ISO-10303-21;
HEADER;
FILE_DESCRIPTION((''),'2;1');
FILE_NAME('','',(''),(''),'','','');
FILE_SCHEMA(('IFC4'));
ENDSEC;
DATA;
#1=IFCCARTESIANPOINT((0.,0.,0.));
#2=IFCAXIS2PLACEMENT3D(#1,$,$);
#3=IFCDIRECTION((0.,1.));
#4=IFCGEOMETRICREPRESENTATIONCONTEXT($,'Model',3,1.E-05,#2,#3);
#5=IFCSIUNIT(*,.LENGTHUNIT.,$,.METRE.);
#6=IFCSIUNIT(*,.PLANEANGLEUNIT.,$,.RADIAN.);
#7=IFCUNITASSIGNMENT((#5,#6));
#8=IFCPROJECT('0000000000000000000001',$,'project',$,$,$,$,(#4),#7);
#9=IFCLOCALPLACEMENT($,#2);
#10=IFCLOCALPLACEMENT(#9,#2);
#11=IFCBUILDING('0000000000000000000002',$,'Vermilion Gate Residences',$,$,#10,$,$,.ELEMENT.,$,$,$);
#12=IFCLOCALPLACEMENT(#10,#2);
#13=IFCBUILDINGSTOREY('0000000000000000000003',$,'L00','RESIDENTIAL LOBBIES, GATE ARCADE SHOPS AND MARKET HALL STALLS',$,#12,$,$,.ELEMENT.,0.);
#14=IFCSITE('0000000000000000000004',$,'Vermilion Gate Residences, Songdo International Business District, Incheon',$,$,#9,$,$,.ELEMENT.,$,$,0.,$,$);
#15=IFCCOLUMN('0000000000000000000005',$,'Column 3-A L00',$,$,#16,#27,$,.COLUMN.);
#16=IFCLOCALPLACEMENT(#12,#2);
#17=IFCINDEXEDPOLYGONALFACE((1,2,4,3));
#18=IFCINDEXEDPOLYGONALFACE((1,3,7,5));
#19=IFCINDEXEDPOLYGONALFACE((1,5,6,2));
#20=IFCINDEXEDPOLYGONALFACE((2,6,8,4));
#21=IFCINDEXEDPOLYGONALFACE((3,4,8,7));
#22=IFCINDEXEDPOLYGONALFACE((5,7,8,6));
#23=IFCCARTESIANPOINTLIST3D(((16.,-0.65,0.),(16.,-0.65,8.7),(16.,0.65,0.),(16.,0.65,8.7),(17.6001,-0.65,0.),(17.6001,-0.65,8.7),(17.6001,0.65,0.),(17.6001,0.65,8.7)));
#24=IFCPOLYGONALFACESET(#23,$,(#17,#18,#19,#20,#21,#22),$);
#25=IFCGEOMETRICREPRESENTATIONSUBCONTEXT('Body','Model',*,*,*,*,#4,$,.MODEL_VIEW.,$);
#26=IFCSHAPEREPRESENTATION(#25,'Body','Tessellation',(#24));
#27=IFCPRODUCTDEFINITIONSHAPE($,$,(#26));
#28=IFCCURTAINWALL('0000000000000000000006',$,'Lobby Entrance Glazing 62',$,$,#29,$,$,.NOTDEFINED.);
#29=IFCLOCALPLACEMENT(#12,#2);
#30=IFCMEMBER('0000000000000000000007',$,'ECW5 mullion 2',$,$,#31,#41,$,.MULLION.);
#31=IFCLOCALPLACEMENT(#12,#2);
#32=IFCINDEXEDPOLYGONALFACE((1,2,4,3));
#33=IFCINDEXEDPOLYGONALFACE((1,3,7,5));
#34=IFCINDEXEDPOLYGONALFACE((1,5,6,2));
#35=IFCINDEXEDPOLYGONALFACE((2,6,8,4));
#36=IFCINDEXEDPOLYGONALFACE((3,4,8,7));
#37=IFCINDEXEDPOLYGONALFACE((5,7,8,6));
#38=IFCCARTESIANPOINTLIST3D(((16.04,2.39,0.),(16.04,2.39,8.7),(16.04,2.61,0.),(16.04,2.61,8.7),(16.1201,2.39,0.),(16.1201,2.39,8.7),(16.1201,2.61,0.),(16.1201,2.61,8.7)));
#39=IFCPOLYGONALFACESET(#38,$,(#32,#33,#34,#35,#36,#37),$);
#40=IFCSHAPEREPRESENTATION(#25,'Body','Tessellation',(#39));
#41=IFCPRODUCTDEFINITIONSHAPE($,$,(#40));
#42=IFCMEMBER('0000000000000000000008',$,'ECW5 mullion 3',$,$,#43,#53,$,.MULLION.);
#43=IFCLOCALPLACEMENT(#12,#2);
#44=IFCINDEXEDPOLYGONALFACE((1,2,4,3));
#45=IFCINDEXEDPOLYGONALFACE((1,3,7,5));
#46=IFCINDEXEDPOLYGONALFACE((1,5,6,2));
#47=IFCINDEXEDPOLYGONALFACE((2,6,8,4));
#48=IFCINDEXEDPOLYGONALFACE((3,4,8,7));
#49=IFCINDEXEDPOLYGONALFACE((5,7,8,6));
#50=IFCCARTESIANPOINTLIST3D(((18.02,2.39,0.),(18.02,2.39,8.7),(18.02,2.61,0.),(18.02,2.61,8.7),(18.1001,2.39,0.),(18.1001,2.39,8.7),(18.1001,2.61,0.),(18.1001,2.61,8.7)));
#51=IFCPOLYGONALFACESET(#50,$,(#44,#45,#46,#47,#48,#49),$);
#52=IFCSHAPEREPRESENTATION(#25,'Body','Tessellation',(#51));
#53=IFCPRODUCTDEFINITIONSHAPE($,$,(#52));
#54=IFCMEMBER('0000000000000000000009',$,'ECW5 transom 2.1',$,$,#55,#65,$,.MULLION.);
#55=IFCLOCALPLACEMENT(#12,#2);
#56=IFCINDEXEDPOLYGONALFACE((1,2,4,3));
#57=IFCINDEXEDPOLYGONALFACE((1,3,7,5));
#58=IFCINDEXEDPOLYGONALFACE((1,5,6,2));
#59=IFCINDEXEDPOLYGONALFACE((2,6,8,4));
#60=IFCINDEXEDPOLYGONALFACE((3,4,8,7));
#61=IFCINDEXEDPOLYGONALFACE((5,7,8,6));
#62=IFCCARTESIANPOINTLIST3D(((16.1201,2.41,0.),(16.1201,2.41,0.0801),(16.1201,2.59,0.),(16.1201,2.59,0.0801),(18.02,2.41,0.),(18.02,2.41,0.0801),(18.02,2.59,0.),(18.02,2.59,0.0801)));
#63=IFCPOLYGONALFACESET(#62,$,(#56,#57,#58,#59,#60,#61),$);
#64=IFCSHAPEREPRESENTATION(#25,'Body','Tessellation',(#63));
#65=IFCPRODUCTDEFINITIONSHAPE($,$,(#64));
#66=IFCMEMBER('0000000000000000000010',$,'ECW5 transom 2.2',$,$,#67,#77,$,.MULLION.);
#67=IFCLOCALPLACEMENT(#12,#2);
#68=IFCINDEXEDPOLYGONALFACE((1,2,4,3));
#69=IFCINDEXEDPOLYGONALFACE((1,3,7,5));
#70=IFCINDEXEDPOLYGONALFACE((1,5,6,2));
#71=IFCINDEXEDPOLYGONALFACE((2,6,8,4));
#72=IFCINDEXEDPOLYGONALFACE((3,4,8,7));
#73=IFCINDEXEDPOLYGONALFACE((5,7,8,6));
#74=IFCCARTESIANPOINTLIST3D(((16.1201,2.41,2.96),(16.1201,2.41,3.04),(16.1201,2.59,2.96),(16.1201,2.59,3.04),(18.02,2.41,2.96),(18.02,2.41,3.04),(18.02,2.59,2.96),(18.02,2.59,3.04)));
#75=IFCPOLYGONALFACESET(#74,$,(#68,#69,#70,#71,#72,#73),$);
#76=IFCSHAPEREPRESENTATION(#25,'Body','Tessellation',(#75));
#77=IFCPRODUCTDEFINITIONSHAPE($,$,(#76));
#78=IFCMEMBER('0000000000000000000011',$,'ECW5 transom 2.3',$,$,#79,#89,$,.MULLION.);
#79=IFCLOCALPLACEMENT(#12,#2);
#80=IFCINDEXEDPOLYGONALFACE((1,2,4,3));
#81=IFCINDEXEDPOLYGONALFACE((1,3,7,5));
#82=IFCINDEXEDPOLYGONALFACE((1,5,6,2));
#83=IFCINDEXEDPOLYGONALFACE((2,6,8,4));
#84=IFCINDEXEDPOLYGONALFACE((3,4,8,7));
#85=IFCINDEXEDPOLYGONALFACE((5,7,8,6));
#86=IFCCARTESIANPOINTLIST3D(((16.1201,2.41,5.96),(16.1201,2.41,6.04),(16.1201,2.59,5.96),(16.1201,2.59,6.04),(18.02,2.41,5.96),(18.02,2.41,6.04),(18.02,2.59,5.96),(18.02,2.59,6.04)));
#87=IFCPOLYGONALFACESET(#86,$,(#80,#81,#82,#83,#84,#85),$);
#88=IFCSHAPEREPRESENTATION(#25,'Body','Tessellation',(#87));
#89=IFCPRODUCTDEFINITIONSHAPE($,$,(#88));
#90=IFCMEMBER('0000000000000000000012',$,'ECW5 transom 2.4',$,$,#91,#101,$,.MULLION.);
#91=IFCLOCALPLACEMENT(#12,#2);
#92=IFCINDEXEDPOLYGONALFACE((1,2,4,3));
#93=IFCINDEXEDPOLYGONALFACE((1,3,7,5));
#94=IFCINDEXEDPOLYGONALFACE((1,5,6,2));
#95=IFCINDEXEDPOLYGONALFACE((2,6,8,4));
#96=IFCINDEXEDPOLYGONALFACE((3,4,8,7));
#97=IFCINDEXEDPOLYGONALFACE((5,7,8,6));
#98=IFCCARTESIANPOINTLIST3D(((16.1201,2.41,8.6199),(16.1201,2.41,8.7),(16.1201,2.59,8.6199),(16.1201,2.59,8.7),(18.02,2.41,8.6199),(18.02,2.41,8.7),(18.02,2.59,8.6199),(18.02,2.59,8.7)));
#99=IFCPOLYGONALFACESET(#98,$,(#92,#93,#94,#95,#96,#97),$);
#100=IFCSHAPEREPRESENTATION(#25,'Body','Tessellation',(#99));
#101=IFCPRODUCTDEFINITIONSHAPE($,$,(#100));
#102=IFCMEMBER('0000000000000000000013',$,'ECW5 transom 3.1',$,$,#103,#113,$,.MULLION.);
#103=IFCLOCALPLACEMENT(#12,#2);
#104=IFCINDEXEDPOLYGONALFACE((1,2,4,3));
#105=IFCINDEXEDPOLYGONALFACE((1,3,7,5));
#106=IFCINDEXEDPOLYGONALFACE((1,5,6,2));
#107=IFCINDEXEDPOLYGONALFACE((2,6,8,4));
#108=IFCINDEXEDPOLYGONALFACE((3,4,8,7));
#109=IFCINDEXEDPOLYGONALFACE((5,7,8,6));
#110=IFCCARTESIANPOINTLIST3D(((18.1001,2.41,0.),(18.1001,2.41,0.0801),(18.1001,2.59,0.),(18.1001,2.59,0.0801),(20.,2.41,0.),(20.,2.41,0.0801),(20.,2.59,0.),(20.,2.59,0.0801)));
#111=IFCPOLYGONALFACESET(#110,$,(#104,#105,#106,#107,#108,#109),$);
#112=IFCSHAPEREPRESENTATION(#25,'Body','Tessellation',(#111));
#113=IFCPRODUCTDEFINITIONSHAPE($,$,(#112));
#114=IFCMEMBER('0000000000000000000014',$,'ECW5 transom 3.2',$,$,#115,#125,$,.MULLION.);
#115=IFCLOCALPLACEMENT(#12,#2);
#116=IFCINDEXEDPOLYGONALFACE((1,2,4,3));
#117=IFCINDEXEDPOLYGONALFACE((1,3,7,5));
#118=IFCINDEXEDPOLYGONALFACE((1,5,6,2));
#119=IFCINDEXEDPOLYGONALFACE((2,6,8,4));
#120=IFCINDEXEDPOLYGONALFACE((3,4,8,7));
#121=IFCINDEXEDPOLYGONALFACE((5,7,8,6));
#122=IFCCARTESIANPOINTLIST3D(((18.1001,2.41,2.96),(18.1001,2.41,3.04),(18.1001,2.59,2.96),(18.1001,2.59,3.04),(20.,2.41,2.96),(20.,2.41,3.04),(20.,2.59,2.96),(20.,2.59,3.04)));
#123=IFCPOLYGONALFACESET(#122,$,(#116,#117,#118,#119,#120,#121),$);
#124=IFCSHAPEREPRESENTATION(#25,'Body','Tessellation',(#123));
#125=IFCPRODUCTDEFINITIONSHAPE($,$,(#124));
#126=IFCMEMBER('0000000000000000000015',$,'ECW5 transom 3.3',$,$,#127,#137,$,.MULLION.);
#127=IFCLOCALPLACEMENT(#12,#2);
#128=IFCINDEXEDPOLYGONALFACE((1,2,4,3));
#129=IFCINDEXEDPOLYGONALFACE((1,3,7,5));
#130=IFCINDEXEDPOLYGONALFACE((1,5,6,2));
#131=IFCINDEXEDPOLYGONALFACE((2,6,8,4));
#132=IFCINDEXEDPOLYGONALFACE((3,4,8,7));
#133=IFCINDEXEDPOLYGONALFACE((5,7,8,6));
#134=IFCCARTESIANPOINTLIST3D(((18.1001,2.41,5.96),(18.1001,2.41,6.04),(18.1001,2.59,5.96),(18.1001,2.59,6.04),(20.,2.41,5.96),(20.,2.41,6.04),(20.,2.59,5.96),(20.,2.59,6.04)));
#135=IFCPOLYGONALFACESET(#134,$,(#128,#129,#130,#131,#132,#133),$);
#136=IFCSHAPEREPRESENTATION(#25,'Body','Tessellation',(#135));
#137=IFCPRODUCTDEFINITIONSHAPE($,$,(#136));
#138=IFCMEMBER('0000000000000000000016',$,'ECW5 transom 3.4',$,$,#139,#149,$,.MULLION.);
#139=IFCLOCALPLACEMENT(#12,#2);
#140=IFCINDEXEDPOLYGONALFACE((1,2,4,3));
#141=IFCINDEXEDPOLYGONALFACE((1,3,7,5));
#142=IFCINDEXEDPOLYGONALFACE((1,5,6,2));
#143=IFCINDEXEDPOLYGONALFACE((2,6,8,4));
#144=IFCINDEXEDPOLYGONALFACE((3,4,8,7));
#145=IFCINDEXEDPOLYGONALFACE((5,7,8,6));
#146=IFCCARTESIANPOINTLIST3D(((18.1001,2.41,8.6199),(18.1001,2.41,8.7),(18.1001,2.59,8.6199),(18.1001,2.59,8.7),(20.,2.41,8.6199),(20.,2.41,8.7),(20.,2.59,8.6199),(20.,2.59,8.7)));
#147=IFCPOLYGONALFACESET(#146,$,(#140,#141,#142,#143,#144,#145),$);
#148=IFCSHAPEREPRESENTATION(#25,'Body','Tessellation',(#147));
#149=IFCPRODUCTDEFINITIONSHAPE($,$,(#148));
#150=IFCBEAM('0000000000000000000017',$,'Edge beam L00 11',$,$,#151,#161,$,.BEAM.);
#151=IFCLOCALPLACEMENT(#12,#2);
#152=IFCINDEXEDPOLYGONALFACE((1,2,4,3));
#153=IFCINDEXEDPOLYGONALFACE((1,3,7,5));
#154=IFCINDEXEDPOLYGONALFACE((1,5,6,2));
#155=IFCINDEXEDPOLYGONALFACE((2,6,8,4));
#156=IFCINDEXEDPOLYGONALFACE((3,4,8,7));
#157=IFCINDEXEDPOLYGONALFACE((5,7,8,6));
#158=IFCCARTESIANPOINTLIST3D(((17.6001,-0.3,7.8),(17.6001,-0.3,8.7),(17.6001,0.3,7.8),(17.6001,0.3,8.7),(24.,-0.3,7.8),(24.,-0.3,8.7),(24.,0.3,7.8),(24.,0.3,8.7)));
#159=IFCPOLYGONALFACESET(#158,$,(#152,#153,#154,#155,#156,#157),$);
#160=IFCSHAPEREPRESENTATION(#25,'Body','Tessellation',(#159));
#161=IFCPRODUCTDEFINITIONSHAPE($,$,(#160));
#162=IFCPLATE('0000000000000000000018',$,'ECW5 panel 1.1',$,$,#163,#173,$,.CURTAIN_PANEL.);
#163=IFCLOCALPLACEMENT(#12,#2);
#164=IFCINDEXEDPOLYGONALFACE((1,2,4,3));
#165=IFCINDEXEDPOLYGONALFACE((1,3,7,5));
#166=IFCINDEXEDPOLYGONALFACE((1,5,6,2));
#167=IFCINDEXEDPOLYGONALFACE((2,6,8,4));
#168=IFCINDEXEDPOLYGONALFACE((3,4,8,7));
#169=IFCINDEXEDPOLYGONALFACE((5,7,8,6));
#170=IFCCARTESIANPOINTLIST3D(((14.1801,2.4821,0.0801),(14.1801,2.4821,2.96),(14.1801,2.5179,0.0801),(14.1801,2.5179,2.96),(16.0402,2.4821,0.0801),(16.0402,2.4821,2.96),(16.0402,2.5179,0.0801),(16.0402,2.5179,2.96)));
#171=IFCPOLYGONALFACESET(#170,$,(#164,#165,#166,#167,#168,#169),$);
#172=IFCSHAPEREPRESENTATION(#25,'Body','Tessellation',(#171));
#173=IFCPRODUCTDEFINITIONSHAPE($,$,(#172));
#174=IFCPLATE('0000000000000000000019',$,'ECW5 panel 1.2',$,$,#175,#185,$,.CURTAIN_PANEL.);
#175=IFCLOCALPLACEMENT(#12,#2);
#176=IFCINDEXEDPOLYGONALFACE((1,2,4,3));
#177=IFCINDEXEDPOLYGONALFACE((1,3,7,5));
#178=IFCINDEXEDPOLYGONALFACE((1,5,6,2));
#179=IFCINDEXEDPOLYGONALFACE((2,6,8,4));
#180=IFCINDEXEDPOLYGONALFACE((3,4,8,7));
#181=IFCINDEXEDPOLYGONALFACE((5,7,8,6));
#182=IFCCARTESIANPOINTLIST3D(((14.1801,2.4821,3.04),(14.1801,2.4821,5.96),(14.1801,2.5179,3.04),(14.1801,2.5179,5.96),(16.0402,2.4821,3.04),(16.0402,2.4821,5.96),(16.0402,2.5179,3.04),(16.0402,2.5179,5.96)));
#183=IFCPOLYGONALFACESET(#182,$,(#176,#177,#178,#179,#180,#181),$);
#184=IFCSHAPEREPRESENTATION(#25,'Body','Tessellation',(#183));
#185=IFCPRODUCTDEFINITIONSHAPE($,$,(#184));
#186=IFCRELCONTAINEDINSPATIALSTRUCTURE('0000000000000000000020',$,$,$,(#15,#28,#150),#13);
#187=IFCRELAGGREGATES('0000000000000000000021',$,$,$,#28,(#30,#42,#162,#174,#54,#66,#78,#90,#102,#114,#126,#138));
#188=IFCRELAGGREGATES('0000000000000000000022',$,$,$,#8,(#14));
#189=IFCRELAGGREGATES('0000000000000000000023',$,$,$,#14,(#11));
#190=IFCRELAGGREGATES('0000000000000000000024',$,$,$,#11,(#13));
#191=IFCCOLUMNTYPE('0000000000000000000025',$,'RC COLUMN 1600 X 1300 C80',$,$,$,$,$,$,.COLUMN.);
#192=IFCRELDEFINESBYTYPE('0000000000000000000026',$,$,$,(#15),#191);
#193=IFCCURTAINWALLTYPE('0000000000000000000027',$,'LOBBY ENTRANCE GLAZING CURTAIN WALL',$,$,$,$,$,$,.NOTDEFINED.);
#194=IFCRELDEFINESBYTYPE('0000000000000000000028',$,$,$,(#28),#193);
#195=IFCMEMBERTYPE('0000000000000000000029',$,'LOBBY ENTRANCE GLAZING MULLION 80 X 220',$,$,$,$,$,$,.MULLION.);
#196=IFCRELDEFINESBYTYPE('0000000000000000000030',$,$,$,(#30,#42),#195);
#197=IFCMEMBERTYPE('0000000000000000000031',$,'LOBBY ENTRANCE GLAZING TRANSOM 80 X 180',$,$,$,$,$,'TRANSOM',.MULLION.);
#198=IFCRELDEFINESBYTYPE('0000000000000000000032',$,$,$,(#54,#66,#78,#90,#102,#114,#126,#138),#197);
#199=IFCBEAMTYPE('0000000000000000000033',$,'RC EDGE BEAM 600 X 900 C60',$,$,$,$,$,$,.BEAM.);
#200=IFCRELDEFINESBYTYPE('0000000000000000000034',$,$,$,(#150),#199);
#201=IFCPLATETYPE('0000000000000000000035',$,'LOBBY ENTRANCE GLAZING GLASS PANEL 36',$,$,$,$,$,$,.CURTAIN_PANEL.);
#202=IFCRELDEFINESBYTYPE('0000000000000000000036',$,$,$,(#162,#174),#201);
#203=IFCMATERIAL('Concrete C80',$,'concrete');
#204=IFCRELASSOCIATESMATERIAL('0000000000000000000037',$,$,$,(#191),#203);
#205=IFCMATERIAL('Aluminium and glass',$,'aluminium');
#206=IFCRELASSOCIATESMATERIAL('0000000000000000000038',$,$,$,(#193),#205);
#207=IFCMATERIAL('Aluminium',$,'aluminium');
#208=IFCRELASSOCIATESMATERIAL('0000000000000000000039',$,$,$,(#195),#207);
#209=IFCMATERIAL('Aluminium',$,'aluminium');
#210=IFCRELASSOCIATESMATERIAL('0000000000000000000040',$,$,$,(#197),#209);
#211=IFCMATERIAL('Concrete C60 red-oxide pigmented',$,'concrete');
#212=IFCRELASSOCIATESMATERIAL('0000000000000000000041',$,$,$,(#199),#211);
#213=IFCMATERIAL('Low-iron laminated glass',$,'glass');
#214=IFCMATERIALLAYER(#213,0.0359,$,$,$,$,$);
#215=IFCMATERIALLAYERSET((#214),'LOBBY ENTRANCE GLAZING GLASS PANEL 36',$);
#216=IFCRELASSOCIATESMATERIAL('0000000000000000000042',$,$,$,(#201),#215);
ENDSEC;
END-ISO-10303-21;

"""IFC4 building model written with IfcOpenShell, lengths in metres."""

from ifc_helpers import new_model, si_unit, direction, frame, origin, origin_2d, place, context, subcontext, project, spatial, rectangle, extrude, material, layer, layer_set, material_profile, profile_set, type_object, element, aggregate, save


model = new_model("IFC4")

# Units and contexts
model_context = context("Model", 3, precision=1e-05, world=origin(), true_north=direction((0.0, 1.0)))
body_context = subcontext(model_context, "Body", "Model", "MODEL_VIEW")
ifc_project = project(units=[si_unit("LENGTHUNIT", "METRE"), si_unit("PLANEANGLEUNIT", "RADIAN")], contexts=[model_context])

# Site, building, storey
site_placement = place(None, origin())
site = spatial("IfcSite", under=ifc_project, at=site_placement, Name="Vermilion Gate Residences, Songdo International Business District, Incheon", CompositionType="ELEMENT", RefElevation=0.0)
building_placement = place(site_placement, origin())
building = spatial("IfcBuilding", under=site, at=building_placement, Name="Vermilion Gate Residences", CompositionType="ELEMENT")
storey_placement = place(building_placement, origin())
storey = spatial("IfcBuildingStorey", under=building, at=storey_placement, Name="L00", Description="RESIDENTIAL LOBBIES, GATE ARCADE SHOPS AND MARKET HALL STALLS", CompositionType="ELEMENT", Elevation=0.0)

# Column
ifc_material_1 = material(Name="Concrete C80", Category="concrete")
ifc_material_profile_1 = material_profile(ifc_material_1, rectangle(XDim=1.6001, YDim=1.3, at=origin_2d()), Name="RC-1600x1300")
ifc_profile_set_1 = profile_set([ifc_material_profile_1], Name="Concrete C80")
column_type = type_object("IfcColumnType", Name="RC COLUMN 1600 X 1300 C80", PredefinedType="COLUMN", material=ifc_profile_set_1)
column_placement = place(storey_placement, frame((16.8, 0.0, 0.0), z_axis=(0.0, 0.0, 1.0), x_axis=(1.0, 0.0, 0.0)))
element("IfcColumn", 1, at=column_placement, inside=storey, type_object=column_type, Name="Column 3-A L00", PredefinedType="COLUMN", context=body_context, shape_type="SweptSolid", body=[
    extrude(rectangle(XDim=1.6001, YDim=1.3, at=origin_2d()), origin(), (0.0, 0.0, 1.0), 8.7),
])

# Curtain wall, members
ifc_material_2 = material(Name="Aluminium and glass", Category="aluminium")
curtain_wall_type = type_object("IfcCurtainWallType", Name="LOBBY ENTRANCE GLAZING CURTAIN WALL", PredefinedType="NOTDEFINED", material=ifc_material_2)
curtain_wall_placement = place(storey_placement, origin())
curtain_wall = element("IfcCurtainWall", 2, at=curtain_wall_placement, inside=storey, type_object=curtain_wall_type, Name="Lobby Entrance Glazing 62", PredefinedType="NOTDEFINED")
ifc_material_3 = material(Name="Aluminium", Category="aluminium")
ifc_material_profile_2 = material_profile(ifc_material_3, rectangle(XDim=0.22, YDim=0.0801, at=origin_2d()), Name="MULLION 80 X 220")
ifc_profile_set_2 = profile_set([ifc_material_profile_2], Name="Aluminium")
member_type_1 = type_object("IfcMemberType", Name="LOBBY ENTRANCE GLAZING MULLION 80 X 220", PredefinedType="MULLION", material=ifc_profile_set_2)
member_1_placement = place(storey_placement, frame((16.0801, 2.5, 0.0), z_axis=(0.0, 0.0, 1.0), x_axis=(0.0, 1.0, 0.0)))
member_1 = element("IfcMember", 3, at=member_1_placement, type_object=member_type_1, Name="ECW5 mullion 2", PredefinedType="MULLION", context=body_context, shape_type="SweptSolid", body=[
    extrude(rectangle(XDim=0.22, YDim=0.0801, at=origin_2d()), origin(), (0.0, 0.0, 1.0), 8.7),
])
member_2_placement = place(storey_placement, frame((18.0601, 2.5, 0.0), z_axis=(0.0, 0.0, 1.0), x_axis=(0.0, 1.0, 0.0)))
member_2 = element("IfcMember", 4, at=member_2_placement, type_object=member_type_1, Name="ECW5 mullion 3", PredefinedType="MULLION", context=body_context, shape_type="SweptSolid", body=[
    extrude(rectangle(XDim=0.22, YDim=0.0801, at=origin_2d()), origin(), (0.0, 0.0, 1.0), 8.7),
])
ifc_material_4 = material(Name="Aluminium", Category="aluminium")
ifc_material_profile_3 = material_profile(ifc_material_4, rectangle(XDim=0.1799, YDim=0.0801, at=origin_2d()), Name="TRANSOM 80 X 180")
ifc_profile_set_3 = profile_set([ifc_material_profile_3], Name="Aluminium")
member_type_2 = type_object("IfcMemberType", Name="LOBBY ENTRANCE GLAZING TRANSOM 80 X 180", ElementType="TRANSOM", PredefinedType="MULLION", material=ifc_profile_set_3)
member_3_placement = place(storey_placement, frame((16.1201, 2.5, 0.04), z_axis=(1.0, 0.0, 0.0), x_axis=(0.0, 1.0, 0.0)))
member_3 = element("IfcMember", 5, at=member_3_placement, type_object=member_type_2, Name="ECW5 transom 2.1", PredefinedType="MULLION", context=body_context, shape_type="SweptSolid", body=[
    extrude(rectangle(XDim=0.1799, YDim=0.0801, at=origin_2d()), origin(), (0.0, 0.0, 1.0), 1.8999),
])
member_4_placement = place(storey_placement, frame((16.1201, 2.5, 3.0), z_axis=(1.0, 0.0, 0.0), x_axis=(0.0, 1.0, 0.0)))
member_4 = element("IfcMember", 6, at=member_4_placement, type_object=member_type_2, Name="ECW5 transom 2.2", PredefinedType="MULLION", context=body_context, shape_type="SweptSolid", body=[
    extrude(rectangle(XDim=0.1799, YDim=0.0801, at=origin_2d()), origin(), (0.0, 0.0, 1.0), 1.8999),
])
member_5_placement = place(storey_placement, frame((16.1201, 2.5, 6.0), z_axis=(1.0, 0.0, 0.0), x_axis=(0.0, 1.0, 0.0)))
member_5 = element("IfcMember", 7, at=member_5_placement, type_object=member_type_2, Name="ECW5 transom 2.3", PredefinedType="MULLION", context=body_context, shape_type="SweptSolid", body=[
    extrude(rectangle(XDim=0.1799, YDim=0.0801, at=origin_2d()), origin(), (0.0, 0.0, 1.0), 1.8999),
])
member_6_placement = place(storey_placement, frame((16.1201, 2.5, 8.6599), z_axis=(1.0, 0.0, 0.0), x_axis=(0.0, 1.0, 0.0)))
member_6 = element("IfcMember", 8, at=member_6_placement, type_object=member_type_2, Name="ECW5 transom 2.4", PredefinedType="MULLION", context=body_context, shape_type="SweptSolid", body=[
    extrude(rectangle(XDim=0.1799, YDim=0.0801, at=origin_2d()), origin(), (0.0, 0.0, 1.0), 1.8999),
])
member_7_placement = place(storey_placement, frame((18.1001, 2.5, 0.04), z_axis=(1.0, 0.0, 0.0), x_axis=(0.0, 1.0, 0.0)))
member_7 = element("IfcMember", 9, at=member_7_placement, type_object=member_type_2, Name="ECW5 transom 3.1", PredefinedType="MULLION", context=body_context, shape_type="SweptSolid", body=[
    extrude(rectangle(XDim=0.1799, YDim=0.0801, at=origin_2d()), origin(), (0.0, 0.0, 1.0), 1.8999),
])
member_8_placement = place(storey_placement, frame((18.1001, 2.5, 3.0), z_axis=(1.0, 0.0, 0.0), x_axis=(0.0, 1.0, 0.0)))
member_8 = element("IfcMember", 10, at=member_8_placement, type_object=member_type_2, Name="ECW5 transom 3.2", PredefinedType="MULLION", context=body_context, shape_type="SweptSolid", body=[
    extrude(rectangle(XDim=0.1799, YDim=0.0801, at=origin_2d()), origin(), (0.0, 0.0, 1.0), 1.8999),
])
member_9_placement = place(storey_placement, frame((18.1001, 2.5, 6.0), z_axis=(1.0, 0.0, 0.0), x_axis=(0.0, 1.0, 0.0)))
member_9 = element("IfcMember", 11, at=member_9_placement, type_object=member_type_2, Name="ECW5 transom 3.3", PredefinedType="MULLION", context=body_context, shape_type="SweptSolid", body=[
    extrude(rectangle(XDim=0.1799, YDim=0.0801, at=origin_2d()), origin(), (0.0, 0.0, 1.0), 1.8999),
])
member_10_placement = place(storey_placement, frame((18.1001, 2.5, 8.6599), z_axis=(1.0, 0.0, 0.0), x_axis=(0.0, 1.0, 0.0)))
member_10 = element("IfcMember", 12, at=member_10_placement, type_object=member_type_2, Name="ECW5 transom 3.4", PredefinedType="MULLION", context=body_context, shape_type="SweptSolid", body=[
    extrude(rectangle(XDim=0.1799, YDim=0.0801, at=origin_2d()), origin(), (0.0, 0.0, 1.0), 1.8999),
])

# Beam
ifc_material_5 = material(Name="Concrete C60 red-oxide pigmented", Category="concrete")
ifc_material_profile_4 = material_profile(ifc_material_5, rectangle(XDim=0.6001, YDim=0.8999, at=origin_2d()), Name="RC-600x900")
ifc_profile_set_4 = profile_set([ifc_material_profile_4], Name="Concrete C60 red-oxide pigmented")
beam_type = type_object("IfcBeamType", Name="RC EDGE BEAM 600 X 900 C60", PredefinedType="BEAM", material=ifc_profile_set_4)
beam_placement = place(storey_placement, frame((17.6001, 0.0, 8.25), z_axis=(1.0, 0.0, 0.0), x_axis=(0.0, 1.0, 0.0)))
element("IfcBeam", 13, at=beam_placement, inside=storey, type_object=beam_type, Name="Edge beam L00 11", PredefinedType="BEAM", context=body_context, shape_type="SweptSolid", body=[
    extrude(rectangle(XDim=0.6001, YDim=0.8999, at=origin_2d()), origin(), (0.0, 0.0, 1.0), 6.3999),
])

# Plates
ifc_material_6 = material(Name="Low-iron laminated glass", Category="glass")
ifc_layer = layer(ifc_material_6, 0.0359)
ifc_layer_set = layer_set([ifc_layer], Name="LOBBY ENTRANCE GLAZING GLASS PANEL 36")
plate_type = type_object("IfcPlateType", Name="LOBBY ENTRANCE GLAZING GLASS PANEL 36", PredefinedType="CURTAIN_PANEL", material=ifc_layer_set)
plate_1_placement = place(storey_placement, frame((15.1101, 2.5, 0.0801), z_axis=(0.0, 0.0, 1.0), x_axis=(1.0, 0.0, 0.0)))
plate_1 = element("IfcPlate", 14, at=plate_1_placement, type_object=plate_type, Name="ECW5 panel 1.1", PredefinedType="CURTAIN_PANEL", context=body_context, shape_type="SweptSolid", body=[
    extrude(rectangle(XDim=1.8601, YDim=0.0359, at=origin_2d()), origin(), (0.0, 0.0, 1.0), 2.8799),
])
plate_2_placement = place(storey_placement, frame((15.1101, 2.5, 3.04), z_axis=(0.0, 0.0, 1.0), x_axis=(1.0, 0.0, 0.0)))
plate_2 = element("IfcPlate", 15, at=plate_2_placement, type_object=plate_type, Name="ECW5 panel 1.2", PredefinedType="CURTAIN_PANEL", context=body_context, shape_type="SweptSolid", body=[
    extrude(rectangle(XDim=1.8601, YDim=0.0359, at=origin_2d()), origin(), (0.0, 0.0, 1.0), 2.9199),
])
aggregate(curtain_wall, [member_1, member_2, plate_1, plate_2, member_3, member_4, member_5, member_6, member_7, member_8, member_9, member_10])

save(model, "model.ifc")
